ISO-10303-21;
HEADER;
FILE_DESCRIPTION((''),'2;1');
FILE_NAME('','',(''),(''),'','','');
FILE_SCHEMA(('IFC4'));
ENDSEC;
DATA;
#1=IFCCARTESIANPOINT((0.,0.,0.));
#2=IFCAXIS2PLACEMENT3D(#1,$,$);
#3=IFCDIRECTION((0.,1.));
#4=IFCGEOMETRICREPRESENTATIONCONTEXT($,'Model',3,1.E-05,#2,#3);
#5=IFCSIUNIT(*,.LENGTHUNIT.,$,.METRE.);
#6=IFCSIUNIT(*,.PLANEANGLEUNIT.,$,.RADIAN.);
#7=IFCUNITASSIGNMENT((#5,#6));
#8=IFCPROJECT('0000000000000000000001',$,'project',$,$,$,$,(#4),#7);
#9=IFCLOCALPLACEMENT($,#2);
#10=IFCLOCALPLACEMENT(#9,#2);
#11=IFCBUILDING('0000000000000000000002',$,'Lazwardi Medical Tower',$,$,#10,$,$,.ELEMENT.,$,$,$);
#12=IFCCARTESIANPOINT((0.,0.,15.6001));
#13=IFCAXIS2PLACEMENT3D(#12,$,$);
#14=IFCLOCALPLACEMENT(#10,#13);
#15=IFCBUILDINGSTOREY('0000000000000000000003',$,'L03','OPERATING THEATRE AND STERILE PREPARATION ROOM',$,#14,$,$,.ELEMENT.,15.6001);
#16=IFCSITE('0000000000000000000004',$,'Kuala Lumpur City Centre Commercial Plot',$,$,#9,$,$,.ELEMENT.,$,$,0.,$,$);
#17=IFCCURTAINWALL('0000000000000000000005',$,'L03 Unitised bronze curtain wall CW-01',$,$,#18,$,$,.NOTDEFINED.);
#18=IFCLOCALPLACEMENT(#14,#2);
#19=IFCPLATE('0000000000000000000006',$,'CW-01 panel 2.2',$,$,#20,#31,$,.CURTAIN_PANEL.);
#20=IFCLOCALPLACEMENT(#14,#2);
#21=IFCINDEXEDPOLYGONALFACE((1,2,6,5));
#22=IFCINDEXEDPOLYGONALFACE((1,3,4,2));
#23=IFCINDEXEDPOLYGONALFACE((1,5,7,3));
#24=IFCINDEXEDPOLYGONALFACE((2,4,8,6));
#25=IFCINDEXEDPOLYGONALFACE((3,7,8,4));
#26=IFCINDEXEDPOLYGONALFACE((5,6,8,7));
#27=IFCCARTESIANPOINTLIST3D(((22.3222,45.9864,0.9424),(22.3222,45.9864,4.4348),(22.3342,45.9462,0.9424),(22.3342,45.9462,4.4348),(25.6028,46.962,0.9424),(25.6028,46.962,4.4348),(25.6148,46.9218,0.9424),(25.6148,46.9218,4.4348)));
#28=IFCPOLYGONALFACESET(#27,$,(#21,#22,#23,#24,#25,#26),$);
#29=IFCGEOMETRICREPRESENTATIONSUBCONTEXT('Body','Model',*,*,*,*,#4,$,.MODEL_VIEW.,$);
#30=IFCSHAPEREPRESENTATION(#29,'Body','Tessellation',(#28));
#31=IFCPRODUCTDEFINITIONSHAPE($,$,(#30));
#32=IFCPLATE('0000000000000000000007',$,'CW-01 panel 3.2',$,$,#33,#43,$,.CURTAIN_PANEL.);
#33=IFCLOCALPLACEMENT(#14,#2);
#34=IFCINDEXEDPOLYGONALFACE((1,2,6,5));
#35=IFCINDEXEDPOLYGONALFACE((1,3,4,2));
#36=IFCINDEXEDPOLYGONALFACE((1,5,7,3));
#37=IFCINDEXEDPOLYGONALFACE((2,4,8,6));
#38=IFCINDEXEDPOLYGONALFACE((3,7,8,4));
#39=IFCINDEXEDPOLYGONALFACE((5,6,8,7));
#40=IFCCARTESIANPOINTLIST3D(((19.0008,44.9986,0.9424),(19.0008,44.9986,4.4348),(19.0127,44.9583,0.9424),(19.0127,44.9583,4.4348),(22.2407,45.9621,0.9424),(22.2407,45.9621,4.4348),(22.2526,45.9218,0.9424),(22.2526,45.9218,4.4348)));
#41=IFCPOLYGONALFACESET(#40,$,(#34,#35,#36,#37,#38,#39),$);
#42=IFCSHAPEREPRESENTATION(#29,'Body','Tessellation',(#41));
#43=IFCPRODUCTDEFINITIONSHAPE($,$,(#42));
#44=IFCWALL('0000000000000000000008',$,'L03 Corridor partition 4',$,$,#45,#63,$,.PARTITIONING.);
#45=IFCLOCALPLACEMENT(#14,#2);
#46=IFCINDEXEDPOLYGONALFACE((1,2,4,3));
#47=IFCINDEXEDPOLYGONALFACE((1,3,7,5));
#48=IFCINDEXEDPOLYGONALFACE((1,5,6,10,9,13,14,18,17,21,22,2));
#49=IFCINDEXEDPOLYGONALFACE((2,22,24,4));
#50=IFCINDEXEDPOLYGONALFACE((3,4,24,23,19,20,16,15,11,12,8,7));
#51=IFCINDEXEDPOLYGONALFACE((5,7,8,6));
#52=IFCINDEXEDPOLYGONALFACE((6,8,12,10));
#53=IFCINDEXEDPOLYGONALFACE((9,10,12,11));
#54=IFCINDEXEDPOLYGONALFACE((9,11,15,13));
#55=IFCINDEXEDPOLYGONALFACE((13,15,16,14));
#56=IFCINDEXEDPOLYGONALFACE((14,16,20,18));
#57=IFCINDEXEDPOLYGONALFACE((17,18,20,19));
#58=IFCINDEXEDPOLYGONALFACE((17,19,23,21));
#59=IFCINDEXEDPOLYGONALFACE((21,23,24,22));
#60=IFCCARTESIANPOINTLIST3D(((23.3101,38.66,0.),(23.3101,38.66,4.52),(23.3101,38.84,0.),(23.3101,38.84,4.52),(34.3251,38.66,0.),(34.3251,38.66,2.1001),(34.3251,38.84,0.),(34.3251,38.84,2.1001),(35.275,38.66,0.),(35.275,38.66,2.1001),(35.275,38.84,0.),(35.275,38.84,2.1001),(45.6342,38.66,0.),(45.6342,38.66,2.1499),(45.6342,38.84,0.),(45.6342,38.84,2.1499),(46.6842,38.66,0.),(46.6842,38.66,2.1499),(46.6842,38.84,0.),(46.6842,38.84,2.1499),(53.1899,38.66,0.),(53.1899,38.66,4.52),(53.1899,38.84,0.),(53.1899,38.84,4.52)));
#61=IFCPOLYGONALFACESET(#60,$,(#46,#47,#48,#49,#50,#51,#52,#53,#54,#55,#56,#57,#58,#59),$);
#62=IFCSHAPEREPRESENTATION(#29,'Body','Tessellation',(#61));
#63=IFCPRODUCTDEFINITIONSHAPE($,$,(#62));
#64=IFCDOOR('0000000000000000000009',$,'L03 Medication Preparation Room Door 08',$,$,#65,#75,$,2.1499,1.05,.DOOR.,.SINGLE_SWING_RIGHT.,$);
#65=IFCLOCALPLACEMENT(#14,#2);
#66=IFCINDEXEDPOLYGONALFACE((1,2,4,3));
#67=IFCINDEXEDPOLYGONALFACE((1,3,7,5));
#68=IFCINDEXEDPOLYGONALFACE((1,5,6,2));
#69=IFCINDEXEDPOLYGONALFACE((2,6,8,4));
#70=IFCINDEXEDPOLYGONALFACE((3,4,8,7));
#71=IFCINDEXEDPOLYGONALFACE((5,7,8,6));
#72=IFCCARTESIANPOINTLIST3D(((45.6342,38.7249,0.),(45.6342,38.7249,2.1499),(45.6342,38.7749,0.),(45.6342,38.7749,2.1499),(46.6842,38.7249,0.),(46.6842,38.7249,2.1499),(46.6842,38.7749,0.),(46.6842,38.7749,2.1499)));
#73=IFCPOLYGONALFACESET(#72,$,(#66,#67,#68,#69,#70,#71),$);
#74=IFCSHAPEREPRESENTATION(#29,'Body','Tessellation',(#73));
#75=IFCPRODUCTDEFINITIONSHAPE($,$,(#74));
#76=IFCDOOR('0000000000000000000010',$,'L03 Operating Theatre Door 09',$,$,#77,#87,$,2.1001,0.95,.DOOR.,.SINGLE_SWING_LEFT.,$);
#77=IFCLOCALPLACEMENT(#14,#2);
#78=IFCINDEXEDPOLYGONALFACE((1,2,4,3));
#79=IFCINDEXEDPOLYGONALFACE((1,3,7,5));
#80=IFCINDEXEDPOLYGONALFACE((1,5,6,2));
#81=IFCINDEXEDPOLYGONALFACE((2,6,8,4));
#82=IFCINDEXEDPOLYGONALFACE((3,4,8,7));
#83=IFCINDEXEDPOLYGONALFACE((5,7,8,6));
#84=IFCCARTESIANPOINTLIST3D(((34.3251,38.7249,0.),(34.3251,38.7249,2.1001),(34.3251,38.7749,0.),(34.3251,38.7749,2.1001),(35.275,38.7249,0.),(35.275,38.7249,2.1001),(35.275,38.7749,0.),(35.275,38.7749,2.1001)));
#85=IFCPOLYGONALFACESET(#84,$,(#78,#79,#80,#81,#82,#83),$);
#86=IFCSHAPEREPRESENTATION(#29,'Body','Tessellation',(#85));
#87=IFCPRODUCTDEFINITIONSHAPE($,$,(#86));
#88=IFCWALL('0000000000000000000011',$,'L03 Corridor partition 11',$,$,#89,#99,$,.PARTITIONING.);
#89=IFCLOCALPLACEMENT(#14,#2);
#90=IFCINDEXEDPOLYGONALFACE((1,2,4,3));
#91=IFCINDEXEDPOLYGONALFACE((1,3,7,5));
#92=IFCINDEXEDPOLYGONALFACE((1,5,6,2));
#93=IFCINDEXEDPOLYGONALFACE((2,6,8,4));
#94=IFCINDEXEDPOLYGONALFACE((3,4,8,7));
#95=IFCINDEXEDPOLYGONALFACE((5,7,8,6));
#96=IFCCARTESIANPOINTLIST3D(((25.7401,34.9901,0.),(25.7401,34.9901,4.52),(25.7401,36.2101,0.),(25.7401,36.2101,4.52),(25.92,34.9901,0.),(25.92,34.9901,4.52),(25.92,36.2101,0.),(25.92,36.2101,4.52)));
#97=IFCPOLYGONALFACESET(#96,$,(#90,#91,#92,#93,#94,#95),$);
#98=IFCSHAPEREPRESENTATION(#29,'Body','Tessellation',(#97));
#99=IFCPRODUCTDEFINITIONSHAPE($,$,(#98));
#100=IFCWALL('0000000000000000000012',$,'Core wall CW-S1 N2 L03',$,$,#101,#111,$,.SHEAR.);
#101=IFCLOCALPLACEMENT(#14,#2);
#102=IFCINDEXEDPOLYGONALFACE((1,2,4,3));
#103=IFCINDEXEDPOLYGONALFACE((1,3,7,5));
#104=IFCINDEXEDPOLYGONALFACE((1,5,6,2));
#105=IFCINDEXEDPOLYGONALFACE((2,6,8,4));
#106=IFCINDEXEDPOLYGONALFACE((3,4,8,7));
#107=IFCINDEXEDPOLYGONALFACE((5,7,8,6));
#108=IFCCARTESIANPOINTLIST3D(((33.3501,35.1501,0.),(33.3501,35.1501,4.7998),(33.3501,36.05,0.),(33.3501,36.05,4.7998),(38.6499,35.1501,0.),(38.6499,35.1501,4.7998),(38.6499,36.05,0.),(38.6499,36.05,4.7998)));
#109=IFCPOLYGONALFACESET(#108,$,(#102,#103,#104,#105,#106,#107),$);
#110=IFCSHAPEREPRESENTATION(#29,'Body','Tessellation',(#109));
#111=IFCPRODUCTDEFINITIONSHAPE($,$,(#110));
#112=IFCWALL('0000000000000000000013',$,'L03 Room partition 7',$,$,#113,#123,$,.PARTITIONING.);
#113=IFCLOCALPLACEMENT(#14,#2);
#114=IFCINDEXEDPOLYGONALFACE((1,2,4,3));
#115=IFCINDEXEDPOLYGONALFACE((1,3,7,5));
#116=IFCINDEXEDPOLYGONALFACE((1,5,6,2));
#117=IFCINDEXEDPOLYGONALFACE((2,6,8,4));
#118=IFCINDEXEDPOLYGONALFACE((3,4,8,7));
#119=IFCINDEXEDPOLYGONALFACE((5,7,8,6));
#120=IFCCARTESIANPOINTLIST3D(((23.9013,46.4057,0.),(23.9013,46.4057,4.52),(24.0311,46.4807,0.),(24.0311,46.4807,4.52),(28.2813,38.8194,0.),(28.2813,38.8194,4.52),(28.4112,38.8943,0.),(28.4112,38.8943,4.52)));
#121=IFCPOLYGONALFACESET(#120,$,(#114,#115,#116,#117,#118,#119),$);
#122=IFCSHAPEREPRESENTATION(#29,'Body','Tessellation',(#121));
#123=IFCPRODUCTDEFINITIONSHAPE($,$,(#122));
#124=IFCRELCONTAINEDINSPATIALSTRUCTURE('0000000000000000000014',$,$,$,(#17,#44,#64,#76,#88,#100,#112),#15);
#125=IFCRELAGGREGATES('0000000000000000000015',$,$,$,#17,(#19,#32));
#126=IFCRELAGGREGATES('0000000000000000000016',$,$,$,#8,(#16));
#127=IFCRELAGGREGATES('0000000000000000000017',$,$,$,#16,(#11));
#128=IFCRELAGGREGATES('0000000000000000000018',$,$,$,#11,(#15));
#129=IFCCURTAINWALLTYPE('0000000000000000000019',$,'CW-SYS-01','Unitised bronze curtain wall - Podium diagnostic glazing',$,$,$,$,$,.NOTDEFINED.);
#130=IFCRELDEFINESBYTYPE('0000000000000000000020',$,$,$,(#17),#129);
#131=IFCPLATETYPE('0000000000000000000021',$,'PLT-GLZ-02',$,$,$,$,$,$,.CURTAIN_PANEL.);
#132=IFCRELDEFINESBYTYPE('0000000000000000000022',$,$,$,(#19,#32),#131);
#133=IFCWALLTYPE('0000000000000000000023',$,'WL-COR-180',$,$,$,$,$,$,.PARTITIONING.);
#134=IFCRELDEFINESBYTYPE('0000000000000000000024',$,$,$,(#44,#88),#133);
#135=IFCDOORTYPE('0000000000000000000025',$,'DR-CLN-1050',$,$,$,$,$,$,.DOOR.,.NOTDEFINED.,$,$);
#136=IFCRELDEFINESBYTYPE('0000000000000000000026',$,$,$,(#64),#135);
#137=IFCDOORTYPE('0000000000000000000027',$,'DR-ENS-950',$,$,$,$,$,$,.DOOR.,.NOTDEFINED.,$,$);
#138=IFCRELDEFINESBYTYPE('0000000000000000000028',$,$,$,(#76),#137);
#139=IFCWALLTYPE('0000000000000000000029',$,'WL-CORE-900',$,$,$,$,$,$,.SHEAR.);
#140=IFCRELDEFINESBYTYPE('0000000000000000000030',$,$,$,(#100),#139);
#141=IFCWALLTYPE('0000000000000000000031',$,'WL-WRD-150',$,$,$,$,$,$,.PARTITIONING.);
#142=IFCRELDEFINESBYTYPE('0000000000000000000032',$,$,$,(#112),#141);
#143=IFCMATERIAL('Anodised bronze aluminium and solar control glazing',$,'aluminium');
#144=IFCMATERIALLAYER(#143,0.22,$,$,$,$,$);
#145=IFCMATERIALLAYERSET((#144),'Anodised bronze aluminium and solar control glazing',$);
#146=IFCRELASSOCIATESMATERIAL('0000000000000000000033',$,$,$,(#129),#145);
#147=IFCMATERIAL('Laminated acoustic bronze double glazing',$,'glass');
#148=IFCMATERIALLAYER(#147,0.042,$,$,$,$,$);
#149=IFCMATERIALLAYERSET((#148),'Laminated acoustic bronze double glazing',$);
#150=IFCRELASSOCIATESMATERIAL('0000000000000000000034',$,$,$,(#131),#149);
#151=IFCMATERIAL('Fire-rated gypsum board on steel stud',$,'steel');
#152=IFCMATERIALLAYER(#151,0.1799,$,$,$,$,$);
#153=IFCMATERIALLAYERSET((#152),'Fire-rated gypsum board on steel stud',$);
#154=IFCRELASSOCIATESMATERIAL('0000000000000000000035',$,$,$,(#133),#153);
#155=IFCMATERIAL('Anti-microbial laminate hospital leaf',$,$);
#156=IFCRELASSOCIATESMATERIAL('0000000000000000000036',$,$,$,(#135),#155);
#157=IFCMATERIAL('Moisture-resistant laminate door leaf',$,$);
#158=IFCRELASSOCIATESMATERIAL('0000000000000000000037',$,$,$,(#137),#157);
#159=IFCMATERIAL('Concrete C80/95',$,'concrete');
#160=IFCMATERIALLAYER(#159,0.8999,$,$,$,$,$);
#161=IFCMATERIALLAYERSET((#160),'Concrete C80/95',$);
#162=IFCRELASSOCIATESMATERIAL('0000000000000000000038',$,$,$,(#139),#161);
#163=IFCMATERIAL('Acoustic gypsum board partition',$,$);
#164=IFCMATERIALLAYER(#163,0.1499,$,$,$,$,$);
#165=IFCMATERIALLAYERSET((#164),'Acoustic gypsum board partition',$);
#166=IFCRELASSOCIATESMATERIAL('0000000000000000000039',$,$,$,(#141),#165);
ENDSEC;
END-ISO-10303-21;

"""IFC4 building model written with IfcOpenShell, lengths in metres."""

from ifc_helpers import new_model, si_unit, direction, frame, frame_2d, origin, origin_2d, place, context, subcontext, project, spatial, rectangle, extrude, material, layer, layer_set, type_object, element, fill, aggregate, save


model = new_model("IFC4")

# Units and contexts
model_context = context("Model", 3, precision=1e-05, world=origin(), true_north=direction((0.0, 1.0)))
body_context = subcontext(model_context, "Body", "Model", "MODEL_VIEW")
ifc_project = project(units=[si_unit("LENGTHUNIT", "METRE"), si_unit("PLANEANGLEUNIT", "RADIAN")], contexts=[model_context])

# Site, building, storey
site_placement = place(None, origin())
site = spatial("IfcSite", under=ifc_project, at=site_placement, Name="Kuala Lumpur City Centre Commercial Plot", CompositionType="ELEMENT", RefElevation=0.0)
building_placement = place(site_placement, origin())
building = spatial("IfcBuilding", under=site, at=building_placement, Name="Lazwardi Medical Tower", CompositionType="ELEMENT")
storey_placement = place(building_placement, frame((0.0, 0.0, 15.6001)))
storey = spatial("IfcBuildingStorey", under=building, at=storey_placement, Name="L03", Description="OPERATING THEATRE AND STERILE PREPARATION ROOM", CompositionType="ELEMENT", Elevation=15.6001)

# Curtain wall, plates
ifc_material_1 = material(Name="Anodised bronze aluminium and solar control glazing", Category="aluminium")
ifc_layer_1 = layer(ifc_material_1, 0.22)
ifc_layer_set_1 = layer_set([ifc_layer_1], Name="Anodised bronze aluminium and solar control glazing")
curtain_wall_type = type_object("IfcCurtainWallType", Name="CW-SYS-01", Description="Unitised bronze curtain wall - Podium diagnostic glazing", PredefinedType="NOTDEFINED", material=ifc_layer_set_1)
curtain_wall_placement = place(storey_placement, origin())
curtain_wall = element("IfcCurtainWall", 1, at=curtain_wall_placement, inside=storey, type_object=curtain_wall_type, Name="L03 Unitised bronze curtain wall CW-01", PredefinedType="NOTDEFINED")
ifc_material_2 = material(Name="Laminated acoustic bronze double glazing", Category="glass")
ifc_layer_2 = layer(ifc_material_2, 0.042)
ifc_layer_set_2 = layer_set([ifc_layer_2], Name="Laminated acoustic bronze double glazing")
plate_type_1 = type_object("IfcPlateType", Name="PLT-GLZ-02", PredefinedType="CURTAIN_PANEL", material=ifc_layer_set_2)
plate_1_placement = place(storey_placement, frame((23.9685, 46.4541, 0.9424), z_axis=(0.0, 0.0, 1.0), x_axis=(-0.958513, -0.285047, 0.0)))
plate_1 = element("IfcPlate", 2, at=plate_1_placement, type_object=plate_type_1, Name="CW-01 panel 2.2", PredefinedType="CURTAIN_PANEL", context=body_context, shape_type="SweptSolid", body=[
    extrude(rectangle(XDim=3.4226, YDim=0.042, at=origin_2d()), origin(), (0.0, 0.0, 1.0), 3.4924),
])
plate_2_placement = place(storey_placement, frame((20.6267, 45.4602, 0.9424), z_axis=(0.0, 0.0, 1.0), x_axis=(-0.958513, -0.285047, 0.0)))
plate_2 = element("IfcPlate", 3, at=plate_2_placement, type_object=plate_type_1, Name="CW-01 panel 3.2", PredefinedType="CURTAIN_PANEL", context=body_context, shape_type="SweptSolid", body=[
    extrude(rectangle(XDim=3.3801, YDim=0.042, at=origin_2d()), origin(), (0.0, 0.0, 1.0), 3.4924),
])
aggregate(curtain_wall, [plate_1, plate_2])

# Wall, openings, doors
ifc_material_3 = material(Name="Fire-rated gypsum board on steel stud", Category="steel")
ifc_layer_3 = layer(ifc_material_3, 0.1799)
ifc_layer_set_3 = layer_set([ifc_layer_3], Name="Fire-rated gypsum board on steel stud")
wall_type_1 = type_object("IfcWallType", Name="WL-COR-180", PredefinedType="PARTITIONING", material=ifc_layer_set_3)
wall_1_placement = place(storey_placement, frame((23.3101, 38.75, 0.0), z_axis=(0.0, 0.0, 1.0), x_axis=(1.0, 0.0, 0.0)))
wall_1 = element("IfcWall", 4, at=wall_1_placement, inside=storey, type_object=wall_type_1, Name="L03 Corridor partition 4", PredefinedType="PARTITIONING", context=body_context, shape_type="SweptSolid", body=[
    extrude(rectangle(XDim=29.8799, YDim=0.1799, at=frame_2d((14.9399, 0.0))), origin(), (0.0, 0.0, 1.0), 4.52),
])
opening_1_placement = place(wall_1_placement, frame((22.3242, 0.0, 0.0)))
opening_1 = element("IfcOpeningElement", 5, at=opening_1_placement, cuts=wall_1, PredefinedType="OPENING", context=body_context, shape_type="SweptSolid", body=[
    extrude(rectangle(XDim=1.05, YDim=2.1499, at=frame_2d((0.5249, 1.075))), frame((0.0, 0.0999, 0.0), z_axis=(0.0, -1.0, 0.0), x_axis=(1.0, 0.0, 0.0)), (0.0, 0.0, 1.0), 0.2),
])
opening_2_placement = place(wall_1_placement, frame((11.0149, 0.0, 0.0)))
opening_2 = element("IfcOpeningElement", 6, at=opening_2_placement, cuts=wall_1, PredefinedType="OPENING", context=body_context, shape_type="SweptSolid", body=[
    extrude(rectangle(XDim=0.95, YDim=2.1001, at=frame_2d((0.4751, 1.05))), frame((0.0, 0.0999, 0.0), z_axis=(0.0, -1.0, 0.0), x_axis=(1.0, 0.0, 0.0)), (0.0, 0.0, 1.0), 0.2),
])
ifc_material_4 = material(Name="Anti-microbial laminate hospital leaf")
door_type_1 = type_object("IfcDoorType", Name="DR-CLN-1050", OperationType="NOTDEFINED", PredefinedType="DOOR", material=ifc_material_4)
door_1_placement = place(opening_1_placement, origin())
door_1 = element("IfcDoor", 7, at=door_1_placement, inside=storey, type_object=door_type_1, Name="L03 Medication Preparation Room Door 08", OperationType="SINGLE_SWING_RIGHT", OverallHeight=2.1499, OverallWidth=1.05, PredefinedType="DOOR", context=body_context, shape_type="SweptSolid", body=[
    extrude(rectangle(XDim=1.05, YDim=2.1499, at=frame_2d((0.5249, 1.075))), frame((0.0, 0.0249, 0.0), z_axis=(0.0, -1.0, 0.0), x_axis=(1.0, 0.0, 0.0)), (0.0, 0.0, 1.0), 0.05),
])
fill(opening_1, door_1)
ifc_material_5 = material(Name="Moisture-resistant laminate door leaf")
door_type_2 = type_object("IfcDoorType", Name="DR-ENS-950", OperationType="NOTDEFINED", PredefinedType="DOOR", material=ifc_material_5)
door_2_placement = place(opening_2_placement, origin())
door_2 = element("IfcDoor", 8, at=door_2_placement, inside=storey, type_object=door_type_2, Name="L03 Operating Theatre Door 09", OperationType="SINGLE_SWING_LEFT", OverallHeight=2.1001, OverallWidth=0.95, PredefinedType="DOOR", context=body_context, shape_type="SweptSolid", body=[
    extrude(rectangle(XDim=0.95, YDim=2.1001, at=frame_2d((0.4751, 1.05))), frame((0.0, 0.0249, 0.0), z_axis=(0.0, -1.0, 0.0), x_axis=(1.0, 0.0, 0.0)), (0.0, 0.0, 1.0), 0.05),
])
fill(opening_2, door_2)

# Walls
wall_2_placement = place(storey_placement, frame((25.8301, 36.21, 0.0), z_axis=(0.0, 0.0, 1.0), x_axis=(0.0, -1.0, 0.0)))
element("IfcWall", 9, at=wall_2_placement, inside=storey, type_object=wall_type_1, Name="L03 Corridor partition 11", PredefinedType="PARTITIONING", context=body_context, shape_type="SweptSolid", body=[
    extrude(rectangle(XDim=1.22, YDim=0.1799, at=frame_2d((0.6099, 0.0))), origin(), (0.0, 0.0, 1.0), 4.52),
])
ifc_material_6 = material(Name="Concrete C80/95", Category="concrete")
ifc_layer_4 = layer(ifc_material_6, 0.8999)
ifc_layer_set_4 = layer_set([ifc_layer_4], Name="Concrete C80/95")
wall_type_2 = type_object("IfcWallType", Name="WL-CORE-900", PredefinedType="SHEAR", material=ifc_layer_set_4)
wall_3_placement = place(storey_placement, frame((33.3501, 35.6001, 0.0), z_axis=(0.0, 0.0, 1.0), x_axis=(1.0, 0.0, 0.0)))
element("IfcWall", 10, at=wall_3_placement, inside=storey, type_object=wall_type_2, Name="Core wall CW-S1 N2 L03", PredefinedType="SHEAR", context=body_context, shape_type="SweptSolid", body=[
    extrude(rectangle(XDim=5.2998, YDim=0.8999, at=frame_2d((2.6499, 0.0))), origin(), (0.0, 0.0, 1.0), 4.7998),
])
ifc_material_7 = material(Name="Acoustic gypsum board partition")
ifc_layer_5 = layer(ifc_material_7, 0.1499)
ifc_layer_set_5 = layer_set([ifc_layer_5], Name="Acoustic gypsum board partition")
wall_type_3 = type_object("IfcWallType", Name="WL-WRD-150", PredefinedType="PARTITIONING", material=ifc_layer_set_5)
wall_4_placement = place(storey_placement, frame((28.3462, 38.8569, 0.0), z_axis=(0.0, 0.0, 1.0), x_axis=(-0.500009, 0.86602, 0.0)))
element("IfcWall", 11, at=wall_4_placement, inside=storey, type_object=wall_type_3, Name="L03 Room partition 7", PredefinedType="PARTITIONING", context=body_context, shape_type="SweptSolid", body=[
    extrude(rectangle(XDim=8.76, YDim=0.1499, at=frame_2d((4.3799, 0.0))), origin(), (0.0, 0.0, 1.0), 4.52),
])

save(model, "model.ifc")
